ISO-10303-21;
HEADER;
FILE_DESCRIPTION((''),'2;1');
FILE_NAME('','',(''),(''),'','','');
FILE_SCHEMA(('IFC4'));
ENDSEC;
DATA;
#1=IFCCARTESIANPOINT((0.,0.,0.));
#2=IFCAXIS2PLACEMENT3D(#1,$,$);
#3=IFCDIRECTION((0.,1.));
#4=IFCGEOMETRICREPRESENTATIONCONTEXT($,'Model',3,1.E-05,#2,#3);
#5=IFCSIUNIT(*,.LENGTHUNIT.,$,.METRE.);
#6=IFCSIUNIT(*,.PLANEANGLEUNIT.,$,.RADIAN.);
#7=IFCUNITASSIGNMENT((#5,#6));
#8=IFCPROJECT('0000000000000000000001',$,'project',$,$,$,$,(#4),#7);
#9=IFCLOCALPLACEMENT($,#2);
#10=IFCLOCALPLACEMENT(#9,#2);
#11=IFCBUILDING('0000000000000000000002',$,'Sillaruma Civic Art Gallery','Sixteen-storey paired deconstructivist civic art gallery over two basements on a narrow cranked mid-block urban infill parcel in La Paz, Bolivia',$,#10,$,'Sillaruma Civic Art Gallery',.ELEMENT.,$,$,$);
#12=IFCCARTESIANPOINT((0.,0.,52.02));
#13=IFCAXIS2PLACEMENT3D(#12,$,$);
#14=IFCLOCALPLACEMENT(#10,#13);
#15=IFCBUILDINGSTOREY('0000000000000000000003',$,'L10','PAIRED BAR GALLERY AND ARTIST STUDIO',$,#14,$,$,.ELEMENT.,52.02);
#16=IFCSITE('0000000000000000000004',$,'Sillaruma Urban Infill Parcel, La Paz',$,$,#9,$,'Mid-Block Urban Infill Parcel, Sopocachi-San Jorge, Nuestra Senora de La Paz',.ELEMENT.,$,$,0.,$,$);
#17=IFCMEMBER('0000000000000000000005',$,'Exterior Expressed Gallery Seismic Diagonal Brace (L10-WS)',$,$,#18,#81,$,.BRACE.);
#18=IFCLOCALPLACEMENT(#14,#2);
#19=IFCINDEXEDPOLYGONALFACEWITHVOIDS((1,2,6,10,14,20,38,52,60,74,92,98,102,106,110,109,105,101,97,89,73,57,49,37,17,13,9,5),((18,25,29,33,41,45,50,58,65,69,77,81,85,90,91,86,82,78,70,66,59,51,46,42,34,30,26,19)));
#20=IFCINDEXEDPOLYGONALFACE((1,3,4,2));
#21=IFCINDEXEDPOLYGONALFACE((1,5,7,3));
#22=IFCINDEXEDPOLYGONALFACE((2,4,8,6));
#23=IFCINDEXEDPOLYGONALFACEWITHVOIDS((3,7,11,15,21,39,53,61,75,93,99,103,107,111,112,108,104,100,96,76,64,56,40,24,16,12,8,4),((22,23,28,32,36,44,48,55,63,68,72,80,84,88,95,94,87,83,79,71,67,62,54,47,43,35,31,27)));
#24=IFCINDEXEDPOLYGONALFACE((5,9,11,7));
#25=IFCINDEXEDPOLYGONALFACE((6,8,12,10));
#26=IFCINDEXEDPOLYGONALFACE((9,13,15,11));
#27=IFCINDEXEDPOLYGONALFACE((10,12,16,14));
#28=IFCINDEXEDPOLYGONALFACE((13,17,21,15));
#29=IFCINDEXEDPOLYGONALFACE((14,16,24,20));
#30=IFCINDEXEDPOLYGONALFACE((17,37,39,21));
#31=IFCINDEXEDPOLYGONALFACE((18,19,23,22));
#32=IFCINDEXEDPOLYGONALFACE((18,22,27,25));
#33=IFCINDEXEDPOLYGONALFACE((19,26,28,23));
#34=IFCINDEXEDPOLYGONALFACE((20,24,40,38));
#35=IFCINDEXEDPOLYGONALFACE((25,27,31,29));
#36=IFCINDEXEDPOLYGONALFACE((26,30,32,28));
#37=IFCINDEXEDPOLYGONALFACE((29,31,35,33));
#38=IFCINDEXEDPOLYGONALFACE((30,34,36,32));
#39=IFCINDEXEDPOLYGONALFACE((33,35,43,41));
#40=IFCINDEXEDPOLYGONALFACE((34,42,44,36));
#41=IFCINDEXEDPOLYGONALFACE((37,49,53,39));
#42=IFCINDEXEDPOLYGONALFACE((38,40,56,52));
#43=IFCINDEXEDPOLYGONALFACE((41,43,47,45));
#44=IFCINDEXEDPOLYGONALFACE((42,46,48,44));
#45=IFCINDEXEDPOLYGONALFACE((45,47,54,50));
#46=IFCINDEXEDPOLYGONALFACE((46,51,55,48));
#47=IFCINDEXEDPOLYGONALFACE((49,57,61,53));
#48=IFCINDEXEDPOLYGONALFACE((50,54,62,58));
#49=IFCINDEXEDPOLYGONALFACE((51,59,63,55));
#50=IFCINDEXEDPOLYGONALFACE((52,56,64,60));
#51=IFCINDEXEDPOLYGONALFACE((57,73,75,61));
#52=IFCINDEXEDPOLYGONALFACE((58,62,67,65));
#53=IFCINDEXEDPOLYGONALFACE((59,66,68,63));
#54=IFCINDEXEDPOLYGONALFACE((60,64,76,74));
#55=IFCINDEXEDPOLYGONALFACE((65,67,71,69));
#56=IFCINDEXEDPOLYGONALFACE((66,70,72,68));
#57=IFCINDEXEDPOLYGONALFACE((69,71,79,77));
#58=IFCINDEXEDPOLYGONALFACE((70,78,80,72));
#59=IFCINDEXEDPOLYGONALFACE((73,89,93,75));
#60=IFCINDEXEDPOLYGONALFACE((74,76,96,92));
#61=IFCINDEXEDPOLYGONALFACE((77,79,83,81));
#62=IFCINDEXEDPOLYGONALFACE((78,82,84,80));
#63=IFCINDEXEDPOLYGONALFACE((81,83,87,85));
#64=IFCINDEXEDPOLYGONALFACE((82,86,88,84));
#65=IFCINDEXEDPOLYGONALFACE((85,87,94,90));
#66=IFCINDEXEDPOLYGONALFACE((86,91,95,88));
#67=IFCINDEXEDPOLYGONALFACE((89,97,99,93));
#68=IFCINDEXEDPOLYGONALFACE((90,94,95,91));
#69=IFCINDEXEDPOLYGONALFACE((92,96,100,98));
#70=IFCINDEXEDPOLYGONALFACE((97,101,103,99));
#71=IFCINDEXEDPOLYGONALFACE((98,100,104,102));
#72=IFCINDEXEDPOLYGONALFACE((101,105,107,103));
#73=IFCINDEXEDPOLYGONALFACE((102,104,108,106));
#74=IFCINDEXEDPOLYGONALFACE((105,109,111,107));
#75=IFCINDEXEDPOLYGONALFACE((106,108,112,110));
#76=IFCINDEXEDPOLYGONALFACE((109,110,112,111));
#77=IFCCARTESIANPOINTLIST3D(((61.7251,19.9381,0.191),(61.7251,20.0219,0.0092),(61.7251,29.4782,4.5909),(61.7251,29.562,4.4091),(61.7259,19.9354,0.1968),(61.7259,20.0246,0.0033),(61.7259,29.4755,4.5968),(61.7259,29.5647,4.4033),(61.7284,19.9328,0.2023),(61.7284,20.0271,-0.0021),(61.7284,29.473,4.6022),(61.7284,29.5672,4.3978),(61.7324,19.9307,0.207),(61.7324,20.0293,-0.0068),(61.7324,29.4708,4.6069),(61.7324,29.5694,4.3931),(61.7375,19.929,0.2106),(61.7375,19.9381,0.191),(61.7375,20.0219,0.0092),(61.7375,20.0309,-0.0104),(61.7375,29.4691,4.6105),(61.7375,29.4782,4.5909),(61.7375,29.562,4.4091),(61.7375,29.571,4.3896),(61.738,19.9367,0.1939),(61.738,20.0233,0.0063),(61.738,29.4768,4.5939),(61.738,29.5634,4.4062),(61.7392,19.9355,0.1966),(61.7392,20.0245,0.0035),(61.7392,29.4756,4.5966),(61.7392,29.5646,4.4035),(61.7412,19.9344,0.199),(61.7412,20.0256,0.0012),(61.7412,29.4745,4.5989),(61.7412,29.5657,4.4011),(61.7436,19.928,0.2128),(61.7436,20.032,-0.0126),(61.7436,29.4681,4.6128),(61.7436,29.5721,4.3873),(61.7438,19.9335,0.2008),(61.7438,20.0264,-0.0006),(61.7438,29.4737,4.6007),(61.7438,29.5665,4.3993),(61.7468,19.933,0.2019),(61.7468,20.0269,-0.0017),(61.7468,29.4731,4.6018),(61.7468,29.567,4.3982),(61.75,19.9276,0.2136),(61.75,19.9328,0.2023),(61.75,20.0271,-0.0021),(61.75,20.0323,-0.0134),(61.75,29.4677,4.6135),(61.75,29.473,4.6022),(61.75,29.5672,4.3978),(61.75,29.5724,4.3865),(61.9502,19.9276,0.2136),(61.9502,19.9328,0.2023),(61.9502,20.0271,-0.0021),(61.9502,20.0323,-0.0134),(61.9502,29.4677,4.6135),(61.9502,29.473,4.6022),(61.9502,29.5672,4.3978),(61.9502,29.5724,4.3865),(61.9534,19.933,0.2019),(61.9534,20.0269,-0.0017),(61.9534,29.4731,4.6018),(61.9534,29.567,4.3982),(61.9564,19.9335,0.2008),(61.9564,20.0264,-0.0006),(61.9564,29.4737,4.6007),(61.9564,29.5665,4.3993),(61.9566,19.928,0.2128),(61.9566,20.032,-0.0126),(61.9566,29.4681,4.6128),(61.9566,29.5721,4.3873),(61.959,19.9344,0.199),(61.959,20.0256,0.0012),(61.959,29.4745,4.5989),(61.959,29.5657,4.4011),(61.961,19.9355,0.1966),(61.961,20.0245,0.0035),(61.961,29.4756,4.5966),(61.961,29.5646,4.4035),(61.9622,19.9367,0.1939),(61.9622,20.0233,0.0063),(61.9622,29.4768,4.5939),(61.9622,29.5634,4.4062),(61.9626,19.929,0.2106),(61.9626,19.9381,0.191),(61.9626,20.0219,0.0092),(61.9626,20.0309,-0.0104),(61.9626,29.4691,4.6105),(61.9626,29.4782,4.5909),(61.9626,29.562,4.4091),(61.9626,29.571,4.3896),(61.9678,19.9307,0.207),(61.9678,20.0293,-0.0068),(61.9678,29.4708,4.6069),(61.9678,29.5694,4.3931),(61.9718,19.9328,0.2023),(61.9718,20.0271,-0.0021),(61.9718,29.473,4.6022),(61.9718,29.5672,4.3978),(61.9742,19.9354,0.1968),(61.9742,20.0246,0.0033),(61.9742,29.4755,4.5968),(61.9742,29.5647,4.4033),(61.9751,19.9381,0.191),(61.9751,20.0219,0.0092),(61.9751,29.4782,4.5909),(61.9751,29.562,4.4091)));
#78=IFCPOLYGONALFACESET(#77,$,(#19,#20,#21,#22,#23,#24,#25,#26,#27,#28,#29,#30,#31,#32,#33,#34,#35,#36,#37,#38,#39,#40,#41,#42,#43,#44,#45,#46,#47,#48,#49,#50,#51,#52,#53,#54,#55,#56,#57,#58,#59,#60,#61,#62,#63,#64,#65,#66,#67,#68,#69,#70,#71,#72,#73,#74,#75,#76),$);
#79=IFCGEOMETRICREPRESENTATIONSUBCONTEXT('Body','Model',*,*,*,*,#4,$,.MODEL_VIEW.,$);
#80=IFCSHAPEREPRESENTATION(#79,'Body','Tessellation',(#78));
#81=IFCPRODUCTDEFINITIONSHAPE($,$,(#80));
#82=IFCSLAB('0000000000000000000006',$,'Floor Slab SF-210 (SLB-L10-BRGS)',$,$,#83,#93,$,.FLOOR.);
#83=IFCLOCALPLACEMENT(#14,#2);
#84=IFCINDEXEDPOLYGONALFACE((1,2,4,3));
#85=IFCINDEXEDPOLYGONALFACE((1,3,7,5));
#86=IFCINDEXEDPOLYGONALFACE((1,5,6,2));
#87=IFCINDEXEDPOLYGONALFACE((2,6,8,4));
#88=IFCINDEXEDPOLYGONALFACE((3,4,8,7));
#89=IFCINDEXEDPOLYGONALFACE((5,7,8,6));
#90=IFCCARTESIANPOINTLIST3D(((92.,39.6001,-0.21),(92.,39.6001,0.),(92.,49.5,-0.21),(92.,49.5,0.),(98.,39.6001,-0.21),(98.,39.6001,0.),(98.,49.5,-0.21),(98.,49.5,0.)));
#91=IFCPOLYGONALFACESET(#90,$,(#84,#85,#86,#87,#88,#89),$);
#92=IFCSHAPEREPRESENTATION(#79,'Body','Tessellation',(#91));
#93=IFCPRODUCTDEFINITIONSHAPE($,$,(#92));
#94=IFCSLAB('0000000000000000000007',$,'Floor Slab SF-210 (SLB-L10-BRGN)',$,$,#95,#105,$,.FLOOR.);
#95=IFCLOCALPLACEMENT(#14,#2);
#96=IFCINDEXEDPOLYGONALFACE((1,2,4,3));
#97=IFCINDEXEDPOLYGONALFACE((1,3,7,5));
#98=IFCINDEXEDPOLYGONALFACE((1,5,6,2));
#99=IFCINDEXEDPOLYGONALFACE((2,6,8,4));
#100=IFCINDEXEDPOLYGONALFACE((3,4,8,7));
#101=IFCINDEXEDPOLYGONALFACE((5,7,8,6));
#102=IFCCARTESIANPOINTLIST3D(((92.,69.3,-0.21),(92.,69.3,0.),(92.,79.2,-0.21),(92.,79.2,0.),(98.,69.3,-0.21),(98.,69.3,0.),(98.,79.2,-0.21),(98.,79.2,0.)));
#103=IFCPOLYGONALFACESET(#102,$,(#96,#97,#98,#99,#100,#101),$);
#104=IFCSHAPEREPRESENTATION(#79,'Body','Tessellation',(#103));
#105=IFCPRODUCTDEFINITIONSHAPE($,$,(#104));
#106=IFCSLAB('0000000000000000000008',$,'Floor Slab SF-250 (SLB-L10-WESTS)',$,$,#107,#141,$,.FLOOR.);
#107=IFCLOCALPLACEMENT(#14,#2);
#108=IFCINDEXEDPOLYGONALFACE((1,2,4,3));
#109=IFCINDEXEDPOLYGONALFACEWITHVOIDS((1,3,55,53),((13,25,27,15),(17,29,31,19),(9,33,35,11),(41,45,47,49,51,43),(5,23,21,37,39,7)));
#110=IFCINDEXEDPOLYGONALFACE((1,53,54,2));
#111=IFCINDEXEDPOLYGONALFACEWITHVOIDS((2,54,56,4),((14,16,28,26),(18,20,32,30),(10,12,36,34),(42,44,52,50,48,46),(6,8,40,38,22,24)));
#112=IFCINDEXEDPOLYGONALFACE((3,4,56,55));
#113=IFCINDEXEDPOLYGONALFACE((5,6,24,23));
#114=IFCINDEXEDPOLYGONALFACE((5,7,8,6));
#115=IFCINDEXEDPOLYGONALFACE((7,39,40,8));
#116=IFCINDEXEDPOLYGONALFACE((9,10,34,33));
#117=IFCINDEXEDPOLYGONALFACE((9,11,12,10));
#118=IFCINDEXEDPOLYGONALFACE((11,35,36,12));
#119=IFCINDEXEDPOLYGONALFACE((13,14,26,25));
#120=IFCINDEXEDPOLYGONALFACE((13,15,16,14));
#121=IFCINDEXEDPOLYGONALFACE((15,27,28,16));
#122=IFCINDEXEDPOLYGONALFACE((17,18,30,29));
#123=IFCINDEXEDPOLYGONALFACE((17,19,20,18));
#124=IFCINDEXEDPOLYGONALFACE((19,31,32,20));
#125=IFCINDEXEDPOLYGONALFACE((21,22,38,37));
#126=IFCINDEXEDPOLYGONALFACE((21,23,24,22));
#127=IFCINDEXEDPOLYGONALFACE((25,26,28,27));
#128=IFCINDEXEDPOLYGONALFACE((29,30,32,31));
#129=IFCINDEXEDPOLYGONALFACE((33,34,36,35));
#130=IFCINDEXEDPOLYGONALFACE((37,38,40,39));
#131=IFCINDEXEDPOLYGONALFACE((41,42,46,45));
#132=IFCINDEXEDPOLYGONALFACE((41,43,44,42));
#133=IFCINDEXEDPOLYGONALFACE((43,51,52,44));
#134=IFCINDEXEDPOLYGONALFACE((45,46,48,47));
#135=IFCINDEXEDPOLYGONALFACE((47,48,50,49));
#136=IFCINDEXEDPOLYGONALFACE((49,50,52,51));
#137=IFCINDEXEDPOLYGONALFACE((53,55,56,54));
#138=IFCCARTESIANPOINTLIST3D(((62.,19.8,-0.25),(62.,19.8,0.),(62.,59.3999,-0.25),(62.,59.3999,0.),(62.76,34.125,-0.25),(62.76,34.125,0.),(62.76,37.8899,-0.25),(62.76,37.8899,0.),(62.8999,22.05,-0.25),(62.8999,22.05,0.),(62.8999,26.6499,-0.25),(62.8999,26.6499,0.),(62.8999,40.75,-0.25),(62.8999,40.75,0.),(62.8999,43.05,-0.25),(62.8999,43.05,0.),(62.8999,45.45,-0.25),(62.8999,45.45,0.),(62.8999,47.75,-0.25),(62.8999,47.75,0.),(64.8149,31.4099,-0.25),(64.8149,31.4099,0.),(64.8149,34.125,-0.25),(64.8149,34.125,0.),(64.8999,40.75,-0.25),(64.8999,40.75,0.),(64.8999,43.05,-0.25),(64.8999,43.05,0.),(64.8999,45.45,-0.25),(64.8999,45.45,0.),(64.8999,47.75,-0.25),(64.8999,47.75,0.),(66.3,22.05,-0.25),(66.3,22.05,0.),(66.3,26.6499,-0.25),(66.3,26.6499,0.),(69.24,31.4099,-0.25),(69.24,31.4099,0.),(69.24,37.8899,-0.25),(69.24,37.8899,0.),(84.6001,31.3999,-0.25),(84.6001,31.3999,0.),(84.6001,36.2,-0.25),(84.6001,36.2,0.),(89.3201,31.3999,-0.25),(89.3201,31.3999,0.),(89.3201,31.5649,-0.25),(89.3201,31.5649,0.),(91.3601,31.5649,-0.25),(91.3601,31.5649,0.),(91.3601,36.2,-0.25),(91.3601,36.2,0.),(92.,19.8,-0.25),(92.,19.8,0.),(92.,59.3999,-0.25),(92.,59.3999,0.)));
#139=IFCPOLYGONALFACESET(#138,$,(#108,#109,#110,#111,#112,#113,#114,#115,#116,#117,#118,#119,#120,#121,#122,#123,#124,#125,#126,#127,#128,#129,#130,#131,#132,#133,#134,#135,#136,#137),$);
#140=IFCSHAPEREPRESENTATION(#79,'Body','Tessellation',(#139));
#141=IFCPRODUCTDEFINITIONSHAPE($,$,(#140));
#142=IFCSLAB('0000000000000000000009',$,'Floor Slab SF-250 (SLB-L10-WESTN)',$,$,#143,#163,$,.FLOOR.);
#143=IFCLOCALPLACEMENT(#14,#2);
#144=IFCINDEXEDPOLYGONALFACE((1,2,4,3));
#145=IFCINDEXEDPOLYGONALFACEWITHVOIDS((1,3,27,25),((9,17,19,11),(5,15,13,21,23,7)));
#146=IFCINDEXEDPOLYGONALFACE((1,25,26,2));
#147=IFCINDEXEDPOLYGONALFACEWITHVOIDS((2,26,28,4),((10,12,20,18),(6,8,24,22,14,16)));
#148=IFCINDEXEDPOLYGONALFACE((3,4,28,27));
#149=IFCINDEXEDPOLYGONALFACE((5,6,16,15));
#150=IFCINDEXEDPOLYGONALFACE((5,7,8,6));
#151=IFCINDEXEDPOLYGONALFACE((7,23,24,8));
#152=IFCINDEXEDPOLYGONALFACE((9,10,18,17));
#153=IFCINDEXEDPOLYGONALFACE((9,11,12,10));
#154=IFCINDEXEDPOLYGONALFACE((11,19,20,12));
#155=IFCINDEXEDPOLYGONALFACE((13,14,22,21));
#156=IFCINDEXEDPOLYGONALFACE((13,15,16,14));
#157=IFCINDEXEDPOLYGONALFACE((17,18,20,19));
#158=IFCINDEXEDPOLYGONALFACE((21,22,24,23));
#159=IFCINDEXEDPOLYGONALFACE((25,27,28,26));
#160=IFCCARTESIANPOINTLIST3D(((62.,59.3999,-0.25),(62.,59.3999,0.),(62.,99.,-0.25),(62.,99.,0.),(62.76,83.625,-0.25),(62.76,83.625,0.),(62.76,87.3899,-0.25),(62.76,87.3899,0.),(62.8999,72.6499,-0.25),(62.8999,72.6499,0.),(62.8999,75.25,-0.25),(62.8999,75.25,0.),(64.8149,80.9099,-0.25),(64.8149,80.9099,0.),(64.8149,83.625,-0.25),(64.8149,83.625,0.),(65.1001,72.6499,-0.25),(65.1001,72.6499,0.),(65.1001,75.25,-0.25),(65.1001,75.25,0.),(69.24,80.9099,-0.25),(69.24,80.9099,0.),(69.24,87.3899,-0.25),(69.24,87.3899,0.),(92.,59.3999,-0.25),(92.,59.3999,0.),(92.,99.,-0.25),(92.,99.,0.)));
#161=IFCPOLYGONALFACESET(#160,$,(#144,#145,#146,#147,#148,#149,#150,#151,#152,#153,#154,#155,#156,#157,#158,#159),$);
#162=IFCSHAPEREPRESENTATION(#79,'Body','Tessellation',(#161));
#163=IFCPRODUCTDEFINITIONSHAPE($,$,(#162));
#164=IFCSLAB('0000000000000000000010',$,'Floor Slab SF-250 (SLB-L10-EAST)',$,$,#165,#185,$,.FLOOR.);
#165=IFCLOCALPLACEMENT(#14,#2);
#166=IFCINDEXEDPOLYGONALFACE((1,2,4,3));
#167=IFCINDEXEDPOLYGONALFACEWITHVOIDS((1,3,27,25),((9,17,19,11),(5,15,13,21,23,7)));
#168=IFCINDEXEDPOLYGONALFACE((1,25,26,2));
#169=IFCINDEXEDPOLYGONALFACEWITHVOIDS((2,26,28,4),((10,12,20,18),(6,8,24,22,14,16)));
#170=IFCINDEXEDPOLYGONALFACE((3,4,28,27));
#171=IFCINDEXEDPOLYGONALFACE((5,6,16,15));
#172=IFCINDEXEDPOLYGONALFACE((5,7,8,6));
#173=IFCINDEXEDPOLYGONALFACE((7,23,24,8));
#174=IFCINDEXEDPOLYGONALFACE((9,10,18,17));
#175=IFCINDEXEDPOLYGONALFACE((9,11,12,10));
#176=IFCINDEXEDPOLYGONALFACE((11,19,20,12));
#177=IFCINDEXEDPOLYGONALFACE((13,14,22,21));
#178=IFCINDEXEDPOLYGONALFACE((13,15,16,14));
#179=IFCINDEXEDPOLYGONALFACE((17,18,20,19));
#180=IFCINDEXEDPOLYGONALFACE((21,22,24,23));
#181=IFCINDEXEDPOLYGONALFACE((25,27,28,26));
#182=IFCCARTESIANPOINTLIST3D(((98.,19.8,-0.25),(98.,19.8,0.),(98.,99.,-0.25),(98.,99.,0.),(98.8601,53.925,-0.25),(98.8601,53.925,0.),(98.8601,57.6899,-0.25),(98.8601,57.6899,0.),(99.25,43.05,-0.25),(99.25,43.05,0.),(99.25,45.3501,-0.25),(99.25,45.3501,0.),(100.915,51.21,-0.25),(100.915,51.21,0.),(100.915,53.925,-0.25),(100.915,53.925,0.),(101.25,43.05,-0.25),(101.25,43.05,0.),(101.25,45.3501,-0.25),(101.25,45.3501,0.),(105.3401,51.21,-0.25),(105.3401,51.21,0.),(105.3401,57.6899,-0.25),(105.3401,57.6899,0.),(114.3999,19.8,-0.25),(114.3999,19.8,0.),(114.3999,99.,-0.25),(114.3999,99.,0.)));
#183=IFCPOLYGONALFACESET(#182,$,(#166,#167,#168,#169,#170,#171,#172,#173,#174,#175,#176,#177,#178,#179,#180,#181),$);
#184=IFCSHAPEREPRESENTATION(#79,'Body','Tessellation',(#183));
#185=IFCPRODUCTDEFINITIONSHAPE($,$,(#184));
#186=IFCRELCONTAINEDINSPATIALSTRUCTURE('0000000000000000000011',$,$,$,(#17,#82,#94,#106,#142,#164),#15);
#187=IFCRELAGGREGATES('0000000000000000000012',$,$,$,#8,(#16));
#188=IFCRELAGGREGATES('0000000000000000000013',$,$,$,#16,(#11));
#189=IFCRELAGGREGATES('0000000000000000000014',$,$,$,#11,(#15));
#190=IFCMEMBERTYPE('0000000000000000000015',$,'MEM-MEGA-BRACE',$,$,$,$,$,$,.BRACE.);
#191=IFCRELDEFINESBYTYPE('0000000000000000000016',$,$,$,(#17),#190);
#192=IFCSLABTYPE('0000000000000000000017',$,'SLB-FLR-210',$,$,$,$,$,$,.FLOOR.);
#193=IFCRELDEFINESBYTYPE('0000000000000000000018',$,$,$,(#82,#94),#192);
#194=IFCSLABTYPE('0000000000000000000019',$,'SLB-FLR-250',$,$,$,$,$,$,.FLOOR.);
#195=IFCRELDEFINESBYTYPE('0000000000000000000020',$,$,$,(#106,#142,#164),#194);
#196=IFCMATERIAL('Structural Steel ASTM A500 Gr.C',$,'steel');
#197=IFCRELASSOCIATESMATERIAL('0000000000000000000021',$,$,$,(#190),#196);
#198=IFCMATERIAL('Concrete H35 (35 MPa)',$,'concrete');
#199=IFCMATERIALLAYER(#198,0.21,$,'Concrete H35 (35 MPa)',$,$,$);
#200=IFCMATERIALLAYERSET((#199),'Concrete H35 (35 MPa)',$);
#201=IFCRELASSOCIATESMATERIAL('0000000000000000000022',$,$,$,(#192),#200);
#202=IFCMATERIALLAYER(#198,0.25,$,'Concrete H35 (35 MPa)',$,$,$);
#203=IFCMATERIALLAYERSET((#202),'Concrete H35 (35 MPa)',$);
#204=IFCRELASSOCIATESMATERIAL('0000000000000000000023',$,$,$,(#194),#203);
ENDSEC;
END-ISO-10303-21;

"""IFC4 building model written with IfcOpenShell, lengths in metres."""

from ifc_helpers import new_model, si_unit, direction, frame, origin, origin_2d, place, context, subcontext, project, spatial, polyline, hollow_rectangle, outline, extrude, material, layer, layer_set, material_profile, profile_set, type_object, element, save


model = new_model("IFC4")

# Units and contexts
model_context = context("Model", 3, precision=1e-05, world=origin(), true_north=direction((0.0, 1.0)))
body_context = subcontext(model_context, "Body", "Model", "MODEL_VIEW")
ifc_project = project(units=[si_unit("LENGTHUNIT", "METRE"), si_unit("PLANEANGLEUNIT", "RADIAN")], contexts=[model_context])

# Site, building, storey
site_placement = place(None, origin())
site = spatial("IfcSite", under=ifc_project, at=site_placement, Name="Sillaruma Urban Infill Parcel, La Paz", LongName="Mid-Block Urban Infill Parcel, Sopocachi-San Jorge, Nuestra Senora de La Paz", CompositionType="ELEMENT", RefElevation=0.0)
building_placement = place(site_placement, origin())
building = spatial("IfcBuilding", under=site, at=building_placement, Name="Sillaruma Civic Art Gallery", Description="Sixteen-storey paired deconstructivist civic art gallery over two basements on a narrow cranked mid-block urban infill parcel in La Paz, Bolivia", LongName="Sillaruma Civic Art Gallery", CompositionType="ELEMENT")
storey_placement = place(building_placement, frame((0.0, 0.0, 52.02)))
storey = spatial("IfcBuildingStorey", under=building, at=storey_placement, Name="L10", Description="PAIRED BAR GALLERY AND ARTIST STUDIO", CompositionType="ELEMENT", Elevation=52.02)

# Member
ifc_material_1 = material(Name="Structural Steel ASTM A500 Gr.C", Category="steel")
ifc_material_profile = material_profile(ifc_material_1, hollow_rectangle(XDim=0.25, YDim=0.25, WallThickness=0.0125, InnerFilletRadius=0.0125, OuterFilletRadius=0.0249, at=origin_2d()), Name="HSS250x250x12.5")
ifc_profile_set = profile_set([ifc_material_profile], Name="Structural Steel ASTM A500 Gr.C")
member_type = type_object("IfcMemberType", Name="MEM-MEGA-BRACE", PredefinedType="BRACE", material=ifc_profile_set)
member_placement = place(storey_placement, frame((61.8501, 19.98, 0.1001), z_axis=(0.0, 0.908075, 0.418808), x_axis=(-1.0, 0.0, 0.0)))
element("IfcMember", 1, at=member_placement, inside=storey, type_object=member_type, Name="Exterior Expressed Gallery Seismic Diagonal Brace (L10-WS)", PredefinedType="BRACE", context=body_context, shape_type="SweptSolid", body=[
    extrude(hollow_rectangle(XDim=0.25, YDim=0.25, WallThickness=0.0125, InnerFilletRadius=0.0125, OuterFilletRadius=0.0249, at=origin_2d()), origin(), (0.0, 0.0, 1.0), 10.5059),
])

# Slabs
ifc_material_2 = material(Name="Concrete H35 (35 MPa)", Category="concrete")
ifc_layer_1 = layer(ifc_material_2, 0.21, Name="Concrete H35 (35 MPa)")
ifc_layer_set_1 = layer_set([ifc_layer_1], Name="Concrete H35 (35 MPa)")
slab_type_1 = type_object("IfcSlabType", Name="SLB-FLR-210", PredefinedType="FLOOR", material=ifc_layer_set_1)
slab_1_placement = place(storey_placement, frame((0.0, 0.0, -0.21)))
element("IfcSlab", 2, at=slab_1_placement, inside=storey, type_object=slab_type_1, Name="Floor Slab SF-210 (SLB-L10-BRGS)", PredefinedType="FLOOR", context=body_context, shape_type="SweptSolid", body=[
    extrude(outline(polyline([(92.0, 39.6001), (98.0, 39.6001), (98.0, 49.5), (92.0, 49.5), (92.0, 39.6001)])), origin(), (0.0, 0.0, 1.0), 0.21),
])
slab_2_placement = place(storey_placement, frame((0.0, 0.0, -0.21)))
element("IfcSlab", 3, at=slab_2_placement, inside=storey, type_object=slab_type_1, Name="Floor Slab SF-210 (SLB-L10-BRGN)", PredefinedType="FLOOR", context=body_context, shape_type="SweptSolid", body=[
    extrude(outline(polyline([(92.0, 69.3), (98.0, 69.3), (98.0, 79.2), (92.0, 79.2), (92.0, 69.3)])), origin(), (0.0, 0.0, 1.0), 0.21),
])
ifc_layer_2 = layer(ifc_material_2, 0.25, Name="Concrete H35 (35 MPa)")
ifc_layer_set_2 = layer_set([ifc_layer_2], Name="Concrete H35 (35 MPa)")
slab_type_2 = type_object("IfcSlabType", Name="SLB-FLR-250", PredefinedType="FLOOR", material=ifc_layer_set_2)
slab_3_placement = place(storey_placement, frame((0.0, 0.0, -0.25)))
element("IfcSlab", 4, at=slab_3_placement, inside=storey, type_object=slab_type_2, Name="Floor Slab SF-250 (SLB-L10-WESTS)", PredefinedType="FLOOR", context=body_context, shape_type="SweptSolid", body=[
    extrude(outline(polyline([(62.0, 19.8), (92.0, 19.8), (92.0, 59.3999), (62.0, 59.3999), (62.0, 19.8)]), holes=[polyline([(64.8149, 31.4099), (69.24, 31.4099), (69.24, 37.8899), (62.76, 37.8899), (62.76, 34.125), (64.8149, 34.125), (64.8149, 31.4099)]), polyline([(84.6001, 31.3999), (89.3201, 31.3999), (89.3201, 31.5649), (91.3601, 31.5649), (91.3601, 36.2), (84.6001, 36.2), (84.6001, 31.3999)]), polyline([(62.8999, 40.75), (64.8999, 40.75), (64.8999, 43.05), (62.8999, 43.05), (62.8999, 40.75)]), polyline([(62.8999, 45.45), (64.8999, 45.45), (64.8999, 47.75), (62.8999, 47.75), (62.8999, 45.45)]), polyline([(62.8999, 22.05), (66.3, 22.05), (66.3, 26.6499), (62.8999, 26.6499), (62.8999, 22.05)])]), origin(), (0.0, 0.0, 1.0), 0.25),
])
slab_4_placement = place(storey_placement, frame((0.0, 0.0, -0.25)))
element("IfcSlab", 5, at=slab_4_placement, inside=storey, type_object=slab_type_2, Name="Floor Slab SF-250 (SLB-L10-WESTN)", PredefinedType="FLOOR", context=body_context, shape_type="SweptSolid", body=[
    extrude(outline(polyline([(62.0, 59.3999), (92.0, 59.3999), (92.0, 99.0), (62.0, 99.0), (62.0, 59.3999)]), holes=[polyline([(64.8149, 80.9099), (69.24, 80.9099), (69.24, 87.3899), (62.76, 87.3899), (62.76, 83.625), (64.8149, 83.625), (64.8149, 80.9099)]), polyline([(62.8999, 72.6499), (65.1001, 72.6499), (65.1001, 75.25), (62.8999, 75.25), (62.8999, 72.6499)])]), origin(), (0.0, 0.0, 1.0), 0.25),
])
slab_5_placement = place(storey_placement, frame((0.0, 0.0, -0.25)))
element("IfcSlab", 6, at=slab_5_placement, inside=storey, type_object=slab_type_2, Name="Floor Slab SF-250 (SLB-L10-EAST)", PredefinedType="FLOOR", context=body_context, shape_type="SweptSolid", body=[
    extrude(outline(polyline([(98.0, 19.8), (114.3999, 19.8), (114.3999, 99.0), (98.0, 99.0), (98.0, 19.8)]), holes=[polyline([(100.915, 51.21), (105.3401, 51.21), (105.3401, 57.6899), (98.8601, 57.6899), (98.8601, 53.925), (100.915, 53.925), (100.915, 51.21)]), polyline([(99.25, 43.05), (101.25, 43.05), (101.25, 45.3501), (99.25, 45.3501), (99.25, 43.05)])]), origin(), (0.0, 0.0, 1.0), 0.25),
])

save(model, "model.ifc")
